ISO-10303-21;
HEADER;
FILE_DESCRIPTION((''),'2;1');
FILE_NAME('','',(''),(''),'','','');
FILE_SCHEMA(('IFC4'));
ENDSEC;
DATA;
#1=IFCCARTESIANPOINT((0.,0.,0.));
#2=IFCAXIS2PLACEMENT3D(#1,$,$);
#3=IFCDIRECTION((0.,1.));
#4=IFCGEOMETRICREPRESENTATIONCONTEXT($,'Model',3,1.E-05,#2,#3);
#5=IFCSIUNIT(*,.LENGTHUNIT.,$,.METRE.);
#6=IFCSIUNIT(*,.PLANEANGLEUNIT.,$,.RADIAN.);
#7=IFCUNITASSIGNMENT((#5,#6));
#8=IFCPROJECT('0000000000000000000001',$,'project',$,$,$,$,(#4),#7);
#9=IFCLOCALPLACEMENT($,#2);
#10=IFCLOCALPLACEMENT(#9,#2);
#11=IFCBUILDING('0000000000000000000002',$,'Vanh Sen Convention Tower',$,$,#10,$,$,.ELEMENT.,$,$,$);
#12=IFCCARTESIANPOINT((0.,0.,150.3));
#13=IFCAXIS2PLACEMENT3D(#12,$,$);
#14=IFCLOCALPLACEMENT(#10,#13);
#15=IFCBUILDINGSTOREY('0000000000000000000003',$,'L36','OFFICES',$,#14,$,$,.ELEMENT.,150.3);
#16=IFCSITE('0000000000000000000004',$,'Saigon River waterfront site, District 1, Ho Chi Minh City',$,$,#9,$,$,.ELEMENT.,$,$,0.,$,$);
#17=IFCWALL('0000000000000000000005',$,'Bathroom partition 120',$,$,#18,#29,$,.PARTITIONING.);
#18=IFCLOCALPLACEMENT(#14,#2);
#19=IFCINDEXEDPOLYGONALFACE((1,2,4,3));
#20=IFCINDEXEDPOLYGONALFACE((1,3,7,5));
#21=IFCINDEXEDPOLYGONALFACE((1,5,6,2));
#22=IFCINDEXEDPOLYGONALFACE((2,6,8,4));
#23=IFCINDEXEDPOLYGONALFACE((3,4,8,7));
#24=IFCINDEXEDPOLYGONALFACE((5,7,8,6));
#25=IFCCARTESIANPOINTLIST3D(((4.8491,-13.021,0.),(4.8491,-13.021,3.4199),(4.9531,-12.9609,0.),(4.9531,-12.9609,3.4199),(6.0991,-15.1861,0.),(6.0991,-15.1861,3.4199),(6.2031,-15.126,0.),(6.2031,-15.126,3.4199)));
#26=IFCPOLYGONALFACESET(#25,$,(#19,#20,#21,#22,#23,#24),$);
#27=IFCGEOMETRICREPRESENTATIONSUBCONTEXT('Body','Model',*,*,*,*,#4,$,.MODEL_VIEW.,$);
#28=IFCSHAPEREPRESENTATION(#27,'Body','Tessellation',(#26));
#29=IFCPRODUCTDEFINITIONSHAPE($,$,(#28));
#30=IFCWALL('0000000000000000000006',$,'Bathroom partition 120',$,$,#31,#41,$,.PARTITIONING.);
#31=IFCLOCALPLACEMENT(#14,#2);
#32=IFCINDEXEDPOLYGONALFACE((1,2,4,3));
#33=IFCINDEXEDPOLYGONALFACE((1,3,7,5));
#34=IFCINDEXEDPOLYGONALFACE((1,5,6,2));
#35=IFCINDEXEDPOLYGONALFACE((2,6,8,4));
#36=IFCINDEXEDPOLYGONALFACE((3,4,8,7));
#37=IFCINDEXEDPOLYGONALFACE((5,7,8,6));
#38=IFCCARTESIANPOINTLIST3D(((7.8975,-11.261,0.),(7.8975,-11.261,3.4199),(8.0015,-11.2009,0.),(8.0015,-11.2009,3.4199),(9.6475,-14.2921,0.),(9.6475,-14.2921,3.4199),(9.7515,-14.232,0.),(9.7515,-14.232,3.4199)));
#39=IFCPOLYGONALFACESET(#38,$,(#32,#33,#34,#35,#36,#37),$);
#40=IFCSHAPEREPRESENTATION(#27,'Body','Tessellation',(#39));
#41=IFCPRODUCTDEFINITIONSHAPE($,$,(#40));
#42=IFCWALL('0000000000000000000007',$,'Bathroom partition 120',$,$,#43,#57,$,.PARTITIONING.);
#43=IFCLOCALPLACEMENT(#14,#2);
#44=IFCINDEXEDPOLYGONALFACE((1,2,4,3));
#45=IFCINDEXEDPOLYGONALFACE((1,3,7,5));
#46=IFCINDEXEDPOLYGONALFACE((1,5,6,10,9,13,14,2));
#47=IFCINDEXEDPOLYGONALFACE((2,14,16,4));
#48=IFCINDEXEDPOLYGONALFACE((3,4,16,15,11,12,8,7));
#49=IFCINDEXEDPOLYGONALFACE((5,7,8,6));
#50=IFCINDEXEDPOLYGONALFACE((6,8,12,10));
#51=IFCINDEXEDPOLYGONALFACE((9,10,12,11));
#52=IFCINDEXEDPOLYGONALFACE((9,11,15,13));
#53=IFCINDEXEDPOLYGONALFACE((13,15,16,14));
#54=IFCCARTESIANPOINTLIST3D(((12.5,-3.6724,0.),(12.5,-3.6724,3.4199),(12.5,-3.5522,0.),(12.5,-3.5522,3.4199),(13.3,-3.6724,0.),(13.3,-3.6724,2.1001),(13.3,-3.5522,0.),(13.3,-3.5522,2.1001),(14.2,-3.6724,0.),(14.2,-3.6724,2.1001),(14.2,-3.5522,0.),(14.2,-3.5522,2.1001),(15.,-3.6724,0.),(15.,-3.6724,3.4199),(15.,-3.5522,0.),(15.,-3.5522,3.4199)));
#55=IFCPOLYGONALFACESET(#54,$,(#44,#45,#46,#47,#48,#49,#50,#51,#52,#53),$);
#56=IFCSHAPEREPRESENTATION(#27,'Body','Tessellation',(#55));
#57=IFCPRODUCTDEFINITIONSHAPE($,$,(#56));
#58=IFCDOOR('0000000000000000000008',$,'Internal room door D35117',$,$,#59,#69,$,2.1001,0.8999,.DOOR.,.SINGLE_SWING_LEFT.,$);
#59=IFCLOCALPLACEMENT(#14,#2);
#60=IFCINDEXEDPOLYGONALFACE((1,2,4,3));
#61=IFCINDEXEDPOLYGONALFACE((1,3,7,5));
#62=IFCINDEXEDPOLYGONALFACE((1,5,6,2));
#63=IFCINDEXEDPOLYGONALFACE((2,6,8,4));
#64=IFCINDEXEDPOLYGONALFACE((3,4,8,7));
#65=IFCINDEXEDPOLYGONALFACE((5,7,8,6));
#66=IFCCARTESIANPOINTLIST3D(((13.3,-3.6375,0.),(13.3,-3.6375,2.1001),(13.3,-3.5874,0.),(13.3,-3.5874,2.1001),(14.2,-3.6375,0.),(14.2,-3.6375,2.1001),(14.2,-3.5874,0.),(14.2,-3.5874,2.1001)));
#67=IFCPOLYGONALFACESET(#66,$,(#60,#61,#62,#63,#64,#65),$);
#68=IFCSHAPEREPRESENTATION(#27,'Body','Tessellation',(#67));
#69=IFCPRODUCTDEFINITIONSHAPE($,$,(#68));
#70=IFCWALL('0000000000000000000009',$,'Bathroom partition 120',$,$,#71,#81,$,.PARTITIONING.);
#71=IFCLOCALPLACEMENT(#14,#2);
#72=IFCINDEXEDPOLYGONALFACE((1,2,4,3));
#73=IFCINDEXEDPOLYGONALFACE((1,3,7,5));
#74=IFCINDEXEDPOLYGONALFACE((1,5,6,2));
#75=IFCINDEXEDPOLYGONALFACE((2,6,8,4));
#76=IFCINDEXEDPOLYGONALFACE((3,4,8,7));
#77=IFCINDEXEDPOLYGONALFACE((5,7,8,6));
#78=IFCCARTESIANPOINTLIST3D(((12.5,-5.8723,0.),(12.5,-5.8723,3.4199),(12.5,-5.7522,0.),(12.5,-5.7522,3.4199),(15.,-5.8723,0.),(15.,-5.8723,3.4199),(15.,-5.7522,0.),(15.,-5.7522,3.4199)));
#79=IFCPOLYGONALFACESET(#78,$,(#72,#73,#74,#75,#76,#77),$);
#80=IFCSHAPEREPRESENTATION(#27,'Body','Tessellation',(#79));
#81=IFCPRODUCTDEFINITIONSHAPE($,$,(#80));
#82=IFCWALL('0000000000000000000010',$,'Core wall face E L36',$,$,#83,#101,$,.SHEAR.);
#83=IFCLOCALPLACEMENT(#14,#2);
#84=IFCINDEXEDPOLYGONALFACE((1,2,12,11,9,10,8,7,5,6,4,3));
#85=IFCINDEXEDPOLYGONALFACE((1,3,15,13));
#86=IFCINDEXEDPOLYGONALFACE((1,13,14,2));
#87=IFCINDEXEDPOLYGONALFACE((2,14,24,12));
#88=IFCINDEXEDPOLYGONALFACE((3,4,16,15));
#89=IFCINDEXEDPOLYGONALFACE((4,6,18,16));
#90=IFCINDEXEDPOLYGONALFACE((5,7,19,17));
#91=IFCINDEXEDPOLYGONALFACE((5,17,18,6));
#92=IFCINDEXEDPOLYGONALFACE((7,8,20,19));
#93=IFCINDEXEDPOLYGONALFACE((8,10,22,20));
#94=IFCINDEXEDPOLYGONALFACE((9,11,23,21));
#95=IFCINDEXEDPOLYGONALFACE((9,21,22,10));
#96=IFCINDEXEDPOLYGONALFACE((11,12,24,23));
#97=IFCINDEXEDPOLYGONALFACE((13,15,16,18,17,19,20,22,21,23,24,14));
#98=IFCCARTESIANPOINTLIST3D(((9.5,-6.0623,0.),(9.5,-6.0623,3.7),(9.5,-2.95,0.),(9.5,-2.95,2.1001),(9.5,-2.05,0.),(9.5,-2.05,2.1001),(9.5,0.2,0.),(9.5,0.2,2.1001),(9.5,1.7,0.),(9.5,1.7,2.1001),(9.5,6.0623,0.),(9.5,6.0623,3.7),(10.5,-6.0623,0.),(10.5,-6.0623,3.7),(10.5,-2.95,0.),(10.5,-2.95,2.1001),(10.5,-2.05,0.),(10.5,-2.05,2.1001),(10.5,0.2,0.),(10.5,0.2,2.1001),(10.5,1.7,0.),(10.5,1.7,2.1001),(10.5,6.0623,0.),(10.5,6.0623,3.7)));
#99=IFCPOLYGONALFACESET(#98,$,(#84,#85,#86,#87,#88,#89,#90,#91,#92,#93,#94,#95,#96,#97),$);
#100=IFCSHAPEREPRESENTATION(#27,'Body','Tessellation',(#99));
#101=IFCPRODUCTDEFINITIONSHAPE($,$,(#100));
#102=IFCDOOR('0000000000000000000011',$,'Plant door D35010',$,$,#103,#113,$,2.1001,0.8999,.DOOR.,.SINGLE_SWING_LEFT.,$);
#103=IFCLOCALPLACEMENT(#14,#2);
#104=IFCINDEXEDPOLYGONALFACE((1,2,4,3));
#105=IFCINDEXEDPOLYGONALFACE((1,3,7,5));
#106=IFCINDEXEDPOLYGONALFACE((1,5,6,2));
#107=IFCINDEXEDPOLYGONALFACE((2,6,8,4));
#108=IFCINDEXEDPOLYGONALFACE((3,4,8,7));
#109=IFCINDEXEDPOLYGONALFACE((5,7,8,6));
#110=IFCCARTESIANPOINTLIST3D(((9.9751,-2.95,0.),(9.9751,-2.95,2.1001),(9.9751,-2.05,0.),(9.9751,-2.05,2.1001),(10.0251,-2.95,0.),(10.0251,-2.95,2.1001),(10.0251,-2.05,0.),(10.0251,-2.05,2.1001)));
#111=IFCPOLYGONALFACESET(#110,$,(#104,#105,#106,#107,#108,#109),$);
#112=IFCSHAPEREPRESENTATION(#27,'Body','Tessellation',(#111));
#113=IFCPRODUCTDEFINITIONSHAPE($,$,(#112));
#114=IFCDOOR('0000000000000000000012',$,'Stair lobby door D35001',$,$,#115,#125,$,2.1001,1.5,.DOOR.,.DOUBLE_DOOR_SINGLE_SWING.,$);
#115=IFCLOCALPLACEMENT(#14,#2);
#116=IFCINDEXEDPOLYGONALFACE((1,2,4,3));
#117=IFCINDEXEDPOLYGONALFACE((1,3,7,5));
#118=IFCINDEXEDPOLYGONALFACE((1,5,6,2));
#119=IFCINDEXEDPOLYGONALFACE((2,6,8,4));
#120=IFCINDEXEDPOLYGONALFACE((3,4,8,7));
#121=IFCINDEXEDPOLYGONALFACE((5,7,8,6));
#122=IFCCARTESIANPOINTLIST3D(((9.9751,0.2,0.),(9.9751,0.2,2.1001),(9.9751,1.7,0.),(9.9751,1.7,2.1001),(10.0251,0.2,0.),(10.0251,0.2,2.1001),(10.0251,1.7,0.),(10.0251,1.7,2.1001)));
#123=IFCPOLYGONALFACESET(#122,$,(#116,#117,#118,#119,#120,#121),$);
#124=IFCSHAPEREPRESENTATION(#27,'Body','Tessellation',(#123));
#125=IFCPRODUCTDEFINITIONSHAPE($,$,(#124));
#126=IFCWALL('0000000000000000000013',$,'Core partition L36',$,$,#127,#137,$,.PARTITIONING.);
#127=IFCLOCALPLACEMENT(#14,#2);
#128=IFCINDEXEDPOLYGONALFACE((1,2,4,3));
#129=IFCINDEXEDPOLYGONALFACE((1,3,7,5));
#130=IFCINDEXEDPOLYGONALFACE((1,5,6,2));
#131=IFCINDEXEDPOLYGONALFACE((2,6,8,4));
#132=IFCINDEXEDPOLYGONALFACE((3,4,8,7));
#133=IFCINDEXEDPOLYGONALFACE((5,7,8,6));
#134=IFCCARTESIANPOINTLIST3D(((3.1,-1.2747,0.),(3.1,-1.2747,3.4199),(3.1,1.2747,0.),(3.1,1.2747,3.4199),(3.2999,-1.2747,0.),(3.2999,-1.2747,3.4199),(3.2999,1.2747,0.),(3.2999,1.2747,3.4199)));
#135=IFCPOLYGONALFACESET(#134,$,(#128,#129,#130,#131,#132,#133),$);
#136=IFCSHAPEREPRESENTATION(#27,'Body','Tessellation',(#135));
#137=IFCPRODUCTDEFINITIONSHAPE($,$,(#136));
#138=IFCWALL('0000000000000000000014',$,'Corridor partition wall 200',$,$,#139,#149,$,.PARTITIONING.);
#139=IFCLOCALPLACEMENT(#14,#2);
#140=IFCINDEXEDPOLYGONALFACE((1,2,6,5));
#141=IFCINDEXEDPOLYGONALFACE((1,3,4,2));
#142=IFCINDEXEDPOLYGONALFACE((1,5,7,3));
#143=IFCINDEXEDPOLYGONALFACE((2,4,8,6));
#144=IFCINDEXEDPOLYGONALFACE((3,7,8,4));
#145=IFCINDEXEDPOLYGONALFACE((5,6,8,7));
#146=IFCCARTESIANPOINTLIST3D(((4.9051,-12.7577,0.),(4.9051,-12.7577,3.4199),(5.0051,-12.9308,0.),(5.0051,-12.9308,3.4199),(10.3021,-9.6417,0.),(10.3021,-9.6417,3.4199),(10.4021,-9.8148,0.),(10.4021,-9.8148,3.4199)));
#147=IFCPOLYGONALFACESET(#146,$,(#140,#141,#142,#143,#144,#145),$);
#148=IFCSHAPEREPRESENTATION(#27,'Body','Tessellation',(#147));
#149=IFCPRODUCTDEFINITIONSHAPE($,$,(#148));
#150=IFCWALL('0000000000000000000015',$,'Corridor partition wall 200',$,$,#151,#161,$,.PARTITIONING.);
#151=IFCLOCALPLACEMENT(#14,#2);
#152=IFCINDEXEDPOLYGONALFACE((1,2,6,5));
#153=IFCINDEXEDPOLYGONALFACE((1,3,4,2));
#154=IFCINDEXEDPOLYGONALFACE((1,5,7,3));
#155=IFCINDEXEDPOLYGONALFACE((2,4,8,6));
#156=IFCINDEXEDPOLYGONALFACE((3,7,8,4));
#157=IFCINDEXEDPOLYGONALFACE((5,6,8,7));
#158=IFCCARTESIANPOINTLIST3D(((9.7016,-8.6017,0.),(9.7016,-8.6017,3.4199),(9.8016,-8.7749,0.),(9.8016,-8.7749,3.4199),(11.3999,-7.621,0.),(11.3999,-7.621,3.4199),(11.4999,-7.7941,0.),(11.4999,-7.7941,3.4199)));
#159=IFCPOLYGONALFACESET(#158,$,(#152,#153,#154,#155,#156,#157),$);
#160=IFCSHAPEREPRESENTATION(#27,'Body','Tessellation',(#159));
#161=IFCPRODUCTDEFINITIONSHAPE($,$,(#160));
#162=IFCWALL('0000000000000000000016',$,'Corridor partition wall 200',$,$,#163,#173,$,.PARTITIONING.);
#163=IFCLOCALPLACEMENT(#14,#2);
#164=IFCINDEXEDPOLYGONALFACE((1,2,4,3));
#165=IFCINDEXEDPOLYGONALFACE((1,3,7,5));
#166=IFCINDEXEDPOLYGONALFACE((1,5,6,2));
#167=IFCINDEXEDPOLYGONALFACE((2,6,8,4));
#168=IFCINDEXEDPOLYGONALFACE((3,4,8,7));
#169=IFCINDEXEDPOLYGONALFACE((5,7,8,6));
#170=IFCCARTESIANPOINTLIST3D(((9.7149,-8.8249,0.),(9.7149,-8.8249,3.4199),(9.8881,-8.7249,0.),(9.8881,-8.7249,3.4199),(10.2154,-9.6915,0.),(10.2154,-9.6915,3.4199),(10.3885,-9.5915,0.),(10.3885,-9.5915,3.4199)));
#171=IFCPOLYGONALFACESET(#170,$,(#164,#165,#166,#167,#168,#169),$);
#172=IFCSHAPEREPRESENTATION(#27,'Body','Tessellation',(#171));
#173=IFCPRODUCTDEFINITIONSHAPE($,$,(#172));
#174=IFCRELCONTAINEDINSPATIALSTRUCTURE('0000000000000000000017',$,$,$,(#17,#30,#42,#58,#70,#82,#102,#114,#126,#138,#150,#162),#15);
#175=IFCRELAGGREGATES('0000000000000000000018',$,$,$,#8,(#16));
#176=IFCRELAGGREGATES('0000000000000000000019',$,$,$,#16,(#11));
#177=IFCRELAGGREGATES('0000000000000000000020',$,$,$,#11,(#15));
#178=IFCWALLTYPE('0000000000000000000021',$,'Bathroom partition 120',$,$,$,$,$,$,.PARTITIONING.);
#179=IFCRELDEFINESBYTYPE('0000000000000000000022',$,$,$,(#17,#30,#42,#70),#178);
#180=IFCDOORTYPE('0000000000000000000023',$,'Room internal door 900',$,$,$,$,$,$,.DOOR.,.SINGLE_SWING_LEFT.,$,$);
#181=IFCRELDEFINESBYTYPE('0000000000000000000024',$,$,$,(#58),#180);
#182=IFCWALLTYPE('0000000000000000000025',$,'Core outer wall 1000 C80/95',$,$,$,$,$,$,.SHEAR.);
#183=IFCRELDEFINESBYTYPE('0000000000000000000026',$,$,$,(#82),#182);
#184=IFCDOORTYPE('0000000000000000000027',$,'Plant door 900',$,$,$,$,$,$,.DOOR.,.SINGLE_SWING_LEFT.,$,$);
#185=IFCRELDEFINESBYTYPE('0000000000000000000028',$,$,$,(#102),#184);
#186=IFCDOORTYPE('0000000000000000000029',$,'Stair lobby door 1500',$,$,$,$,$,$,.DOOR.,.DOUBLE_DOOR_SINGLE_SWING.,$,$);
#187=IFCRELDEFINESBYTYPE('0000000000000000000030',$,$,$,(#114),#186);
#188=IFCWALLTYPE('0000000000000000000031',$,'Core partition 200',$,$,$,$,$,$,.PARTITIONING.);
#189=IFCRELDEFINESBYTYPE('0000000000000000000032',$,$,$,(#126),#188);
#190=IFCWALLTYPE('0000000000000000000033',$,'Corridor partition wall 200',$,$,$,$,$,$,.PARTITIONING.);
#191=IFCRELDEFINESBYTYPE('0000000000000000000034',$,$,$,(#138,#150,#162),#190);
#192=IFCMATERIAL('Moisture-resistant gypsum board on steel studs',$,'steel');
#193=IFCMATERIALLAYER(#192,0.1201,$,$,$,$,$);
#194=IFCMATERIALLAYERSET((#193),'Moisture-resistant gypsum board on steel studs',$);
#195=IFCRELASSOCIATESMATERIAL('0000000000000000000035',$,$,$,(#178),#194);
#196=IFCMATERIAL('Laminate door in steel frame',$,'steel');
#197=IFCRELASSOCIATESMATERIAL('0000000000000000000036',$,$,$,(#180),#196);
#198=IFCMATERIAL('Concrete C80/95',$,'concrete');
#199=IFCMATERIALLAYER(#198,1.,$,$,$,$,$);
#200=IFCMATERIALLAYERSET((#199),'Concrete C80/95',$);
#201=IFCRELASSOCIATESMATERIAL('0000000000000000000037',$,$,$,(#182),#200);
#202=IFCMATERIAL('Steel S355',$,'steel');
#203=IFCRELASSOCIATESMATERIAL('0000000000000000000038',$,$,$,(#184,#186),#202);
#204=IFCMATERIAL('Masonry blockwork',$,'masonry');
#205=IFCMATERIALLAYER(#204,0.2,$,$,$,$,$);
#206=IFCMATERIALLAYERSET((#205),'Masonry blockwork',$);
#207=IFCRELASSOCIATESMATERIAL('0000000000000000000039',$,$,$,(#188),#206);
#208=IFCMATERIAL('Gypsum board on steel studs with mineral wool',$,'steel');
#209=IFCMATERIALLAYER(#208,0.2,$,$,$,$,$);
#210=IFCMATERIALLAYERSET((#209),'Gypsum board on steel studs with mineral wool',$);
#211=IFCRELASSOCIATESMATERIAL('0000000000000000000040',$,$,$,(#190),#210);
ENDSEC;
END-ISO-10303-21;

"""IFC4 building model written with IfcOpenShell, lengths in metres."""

from ifc_helpers import new_model, si_unit, direction, frame, frame_2d, origin, place, context, subcontext, project, spatial, rectangle, extrude, material, layer, layer_set, type_object, element, fill, save


model = new_model("IFC4")

# Units and contexts
model_context = context("Model", 3, precision=1e-05, world=origin(), true_north=direction((0.0, 1.0)))
body_context = subcontext(model_context, "Body", "Model", "MODEL_VIEW")
ifc_project = project(units=[si_unit("LENGTHUNIT", "METRE"), si_unit("PLANEANGLEUNIT", "RADIAN")], contexts=[model_context])

# Site, building, storey
site_placement = place(None, origin())
site = spatial("IfcSite", under=ifc_project, at=site_placement, Name="Saigon River waterfront site, District 1, Ho Chi Minh City", CompositionType="ELEMENT", RefElevation=0.0)
building_placement = place(site_placement, origin())
building = spatial("IfcBuilding", under=site, at=building_placement, Name="Vanh Sen Convention Tower", CompositionType="ELEMENT")
storey_placement = place(building_placement, frame((0.0, 0.0, 150.3)))
storey = spatial("IfcBuildingStorey", under=building, at=storey_placement, Name="L36", Description="OFFICES", CompositionType="ELEMENT", Elevation=150.3)

# Walls
ifc_material_1 = material(Name="Moisture-resistant gypsum board on steel studs", Category="steel")
ifc_layer_1 = layer(ifc_material_1, 0.1201)
ifc_layer_set_1 = layer_set([ifc_layer_1], Name="Moisture-resistant gypsum board on steel studs")
wall_type_1 = type_object("IfcWallType", Name="Bathroom partition 120", PredefinedType="PARTITIONING", material=ifc_layer_set_1)
wall_1_placement = place(storey_placement, frame((4.9011, -12.991, 0.0), z_axis=(0.0, 0.0, 1.0), x_axis=(0.500004, -0.866023, 0.0)))
element("IfcWall", 1, at=wall_1_placement, inside=storey, type_object=wall_type_1, Name="Bathroom partition 120", PredefinedType="PARTITIONING", context=body_context, shape_type="SweptSolid", body=[
    extrude(rectangle(XDim=2.5, YDim=0.1201, at=frame_2d((1.25, 0.0))), origin(), (0.0, 0.0, 1.0), 3.4199),
])
wall_2_placement = place(storey_placement, frame((7.9495, -11.231, 0.0), z_axis=(0.0, 0.0, 1.0), x_axis=(0.50001, -0.866019, 0.0)))
element("IfcWall", 2, at=wall_2_placement, inside=storey, type_object=wall_type_1, Name="Bathroom partition 120", PredefinedType="PARTITIONING", context=body_context, shape_type="SweptSolid", body=[
    extrude(rectangle(XDim=3.5, YDim=0.1201, at=frame_2d((1.75, 0.0))), origin(), (0.0, 0.0, 1.0), 3.4199),
])

# Wall, opening, door
wall_3_placement = place(storey_placement, frame((12.5, -3.6123, 0.0), z_axis=(0.0, 0.0, 1.0), x_axis=(1.0, 0.0, 0.0)))
wall_3 = element("IfcWall", 3, at=wall_3_placement, inside=storey, type_object=wall_type_1, Name="Bathroom partition 120", PredefinedType="PARTITIONING", context=body_context, shape_type="SweptSolid", body=[
    extrude(rectangle(XDim=2.5, YDim=0.1201, at=frame_2d((1.25, 0.0))), origin(), (0.0, 0.0, 1.0), 3.4199),
])
opening_1_placement = place(wall_3_placement, frame((0.8, 0.0, 0.0)))
opening_1 = element("IfcOpeningElement", 4, at=opening_1_placement, cuts=wall_3, PredefinedType="OPENING", context=body_context, shape_type="SweptSolid", body=[
    extrude(rectangle(XDim=0.8999, YDim=2.1001, at=frame_2d((0.45, 1.05))), frame((0.0, 0.0701, 0.0), z_axis=(0.0, -1.0, 0.0), x_axis=(1.0, 0.0, 0.0)), (0.0, 0.0, 1.0), 0.1401),
])
ifc_material_2 = material(Name="Laminate door in steel frame", Category="steel")
door_type_1 = type_object("IfcDoorType", Name="Room internal door 900", OperationType="SINGLE_SWING_LEFT", PredefinedType="DOOR", material=ifc_material_2)
door_1_placement = place(opening_1_placement, origin())
door_1 = element("IfcDoor", 5, at=door_1_placement, inside=storey, type_object=door_type_1, Name="Internal room door D35117", OperationType="SINGLE_SWING_LEFT", OverallHeight=2.1001, OverallWidth=0.8999, PredefinedType="DOOR", context=body_context, shape_type="SweptSolid", body=[
    extrude(rectangle(XDim=0.8999, YDim=2.1001, at=frame_2d((0.45, 1.05))), frame((0.0, 0.0249, 0.0), z_axis=(0.0, -1.0, 0.0), x_axis=(1.0, 0.0, 0.0)), (0.0, 0.0, 1.0), 0.05),
])
fill(opening_1, door_1)

# Wall
wall_4_placement = place(storey_placement, frame((15.0, -5.8123, 0.0), z_axis=(0.0, 0.0, 1.0), x_axis=(-1.0, 0.0, 0.0)))
element("IfcWall", 6, at=wall_4_placement, inside=storey, type_object=wall_type_1, Name="Bathroom partition 120", PredefinedType="PARTITIONING", context=body_context, shape_type="SweptSolid", body=[
    extrude(rectangle(XDim=2.5, YDim=0.1201, at=frame_2d((1.25, 0.0))), origin(), (0.0, 0.0, 1.0), 3.4199),
])

# Wall, openings, doors
ifc_material_3 = material(Name="Concrete C80/95", Category="concrete")
ifc_layer_2 = layer(ifc_material_3, 1.0)
ifc_layer_set_2 = layer_set([ifc_layer_2], Name="Concrete C80/95")
wall_type_2 = type_object("IfcWallType", Name="Core outer wall 1000 C80/95", PredefinedType="SHEAR", material=ifc_layer_set_2)
wall_5_placement = place(storey_placement, frame((10.0, -6.0623, 0.0), z_axis=(0.0, 0.0, 1.0), x_axis=(0.0, 1.0, 0.0)))
wall_5 = element("IfcWall", 7, at=wall_5_placement, inside=storey, type_object=wall_type_2, Name="Core wall face E L36", PredefinedType="SHEAR", context=body_context, shape_type="SweptSolid", body=[
    extrude(rectangle(XDim=12.1245, YDim=1.0, at=frame_2d((6.0623, 0.0))), origin(), (0.0, 0.0, 1.0), 3.7),
])
opening_2_placement = place(wall_5_placement, frame((6.2622, 0.0, 0.0)))
opening_2 = element("IfcOpeningElement", 8, at=opening_2_placement, cuts=wall_5, PredefinedType="OPENING", context=body_context, shape_type="SweptSolid", body=[
    extrude(rectangle(XDim=1.5, YDim=2.1001, at=frame_2d((0.75, 1.05))), frame((0.0, 0.51, 0.0), z_axis=(0.0, -1.0, 0.0), x_axis=(1.0, 0.0, 0.0)), (0.0, 0.0, 1.0), 1.02),
])
opening_3_placement = place(wall_5_placement, frame((3.1123, 0.0, 0.0)))
opening_3 = element("IfcOpeningElement", 9, at=opening_3_placement, cuts=wall_5, PredefinedType="OPENING", context=body_context, shape_type="SweptSolid", body=[
    extrude(rectangle(XDim=0.8999, YDim=2.1001, at=frame_2d((0.45, 1.05))), frame((0.0, 0.51, 0.0), z_axis=(0.0, -1.0, 0.0), x_axis=(1.0, 0.0, 0.0)), (0.0, 0.0, 1.0), 1.02),
])
ifc_material_4 = material(Name="Steel S355", Category="steel")
door_type_2 = type_object("IfcDoorType", Name="Plant door 900", OperationType="SINGLE_SWING_LEFT", PredefinedType="DOOR", material=ifc_material_4)
door_2_placement = place(opening_3_placement, origin())
door_2 = element("IfcDoor", 10, at=door_2_placement, inside=storey, type_object=door_type_2, Name="Plant door D35010", OperationType="SINGLE_SWING_LEFT", OverallHeight=2.1001, OverallWidth=0.8999, PredefinedType="DOOR", context=body_context, shape_type="SweptSolid", body=[
    extrude(rectangle(XDim=0.8999, YDim=2.1001, at=frame_2d((0.45, 1.05))), frame((0.0, 0.0249, 0.0), z_axis=(0.0, -1.0, 0.0), x_axis=(1.0, 0.0, 0.0)), (0.0, 0.0, 1.0), 0.05),
])
fill(opening_3, door_2)
door_type_3 = type_object("IfcDoorType", Name="Stair lobby door 1500", OperationType="DOUBLE_DOOR_SINGLE_SWING", PredefinedType="DOOR", material=ifc_material_4)
door_3_placement = place(opening_2_placement, origin())
door_3 = element("IfcDoor", 11, at=door_3_placement, inside=storey, type_object=door_type_3, Name="Stair lobby door D35001", OperationType="DOUBLE_DOOR_SINGLE_SWING", OverallHeight=2.1001, OverallWidth=1.5, PredefinedType="DOOR", context=body_context, shape_type="SweptSolid", body=[
    extrude(rectangle(XDim=1.5, YDim=2.1001, at=frame_2d((0.75, 1.05))), frame((0.0, 0.0249, 0.0), z_axis=(0.0, -1.0, 0.0), x_axis=(1.0, 0.0, 0.0)), (0.0, 0.0, 1.0), 0.05),
])
fill(opening_2, door_3)

# Walls
ifc_material_5 = material(Name="Masonry blockwork", Category="masonry")
ifc_layer_3 = layer(ifc_material_5, 0.2)
ifc_layer_set_3 = layer_set([ifc_layer_3], Name="Masonry blockwork")
wall_type_3 = type_object("IfcWallType", Name="Core partition 200", PredefinedType="PARTITIONING", material=ifc_layer_set_3)
wall_6_placement = place(storey_placement, frame((3.2, -1.2747, 0.0), z_axis=(0.0, 0.0, 1.0), x_axis=(0.0, 1.0, 0.0)))
element("IfcWall", 12, at=wall_6_placement, inside=storey, type_object=wall_type_3, Name="Core partition L36", PredefinedType="PARTITIONING", context=body_context, shape_type="SweptSolid", body=[
    extrude(rectangle(XDim=2.5493, YDim=0.2, at=frame_2d((1.2747, 0.0))), origin(), (0.0, 0.0, 1.0), 3.4199),
])
ifc_material_6 = material(Name="Gypsum board on steel studs with mineral wool", Category="steel")
ifc_layer_4 = layer(ifc_material_6, 0.2)
ifc_layer_set_4 = layer_set([ifc_layer_4], Name="Gypsum board on steel studs with mineral wool")
wall_type_4 = type_object("IfcWallType", Name="Corridor partition wall 200", PredefinedType="PARTITIONING", material=ifc_layer_set_4)
wall_7_placement = place(storey_placement, frame((4.9551, -12.8442, 0.0), z_axis=(0.0, 0.0, 1.0), x_axis=(0.866024, 0.500003, 0.0)))
element("IfcWall", 13, at=wall_7_placement, inside=storey, type_object=wall_type_4, Name="Corridor partition wall 200", PredefinedType="PARTITIONING", context=body_context, shape_type="SweptSolid", body=[
    extrude(rectangle(XDim=6.2319, YDim=0.2, at=frame_2d((3.116, 0.0))), origin(), (0.0, 0.0, 1.0), 3.4199),
])
wall_8_placement = place(storey_placement, frame((9.7517, -8.6882, 0.0), z_axis=(0.0, 0.0, 1.0), x_axis=(0.865974, 0.500089, 0.0)))
element("IfcWall", 14, at=wall_8_placement, inside=storey, type_object=wall_type_4, Name="Corridor partition wall 200", PredefinedType="PARTITIONING", context=body_context, shape_type="SweptSolid", body=[
    extrude(rectangle(XDim=1.9612, YDim=0.2, at=frame_2d((0.9805, 0.0))), origin(), (0.0, 0.0, 1.0), 3.4199),
])
wall_9_placement = place(storey_placement, frame((10.302, -9.6416, 0.0), z_axis=(0.0, 0.0, 1.0), x_axis=(-0.500074, 0.865982, 0.0)))
element("IfcWall", 15, at=wall_9_placement, inside=storey, type_object=wall_type_4, Name="Corridor partition wall 200", PredefinedType="PARTITIONING", context=body_context, shape_type="SweptSolid", body=[
    extrude(rectangle(XDim=1.0007, YDim=0.2, at=frame_2d((0.5005, 0.0))), origin(), (0.0, 0.0, 1.0), 3.4199),
])

save(model, "model.ifc")
